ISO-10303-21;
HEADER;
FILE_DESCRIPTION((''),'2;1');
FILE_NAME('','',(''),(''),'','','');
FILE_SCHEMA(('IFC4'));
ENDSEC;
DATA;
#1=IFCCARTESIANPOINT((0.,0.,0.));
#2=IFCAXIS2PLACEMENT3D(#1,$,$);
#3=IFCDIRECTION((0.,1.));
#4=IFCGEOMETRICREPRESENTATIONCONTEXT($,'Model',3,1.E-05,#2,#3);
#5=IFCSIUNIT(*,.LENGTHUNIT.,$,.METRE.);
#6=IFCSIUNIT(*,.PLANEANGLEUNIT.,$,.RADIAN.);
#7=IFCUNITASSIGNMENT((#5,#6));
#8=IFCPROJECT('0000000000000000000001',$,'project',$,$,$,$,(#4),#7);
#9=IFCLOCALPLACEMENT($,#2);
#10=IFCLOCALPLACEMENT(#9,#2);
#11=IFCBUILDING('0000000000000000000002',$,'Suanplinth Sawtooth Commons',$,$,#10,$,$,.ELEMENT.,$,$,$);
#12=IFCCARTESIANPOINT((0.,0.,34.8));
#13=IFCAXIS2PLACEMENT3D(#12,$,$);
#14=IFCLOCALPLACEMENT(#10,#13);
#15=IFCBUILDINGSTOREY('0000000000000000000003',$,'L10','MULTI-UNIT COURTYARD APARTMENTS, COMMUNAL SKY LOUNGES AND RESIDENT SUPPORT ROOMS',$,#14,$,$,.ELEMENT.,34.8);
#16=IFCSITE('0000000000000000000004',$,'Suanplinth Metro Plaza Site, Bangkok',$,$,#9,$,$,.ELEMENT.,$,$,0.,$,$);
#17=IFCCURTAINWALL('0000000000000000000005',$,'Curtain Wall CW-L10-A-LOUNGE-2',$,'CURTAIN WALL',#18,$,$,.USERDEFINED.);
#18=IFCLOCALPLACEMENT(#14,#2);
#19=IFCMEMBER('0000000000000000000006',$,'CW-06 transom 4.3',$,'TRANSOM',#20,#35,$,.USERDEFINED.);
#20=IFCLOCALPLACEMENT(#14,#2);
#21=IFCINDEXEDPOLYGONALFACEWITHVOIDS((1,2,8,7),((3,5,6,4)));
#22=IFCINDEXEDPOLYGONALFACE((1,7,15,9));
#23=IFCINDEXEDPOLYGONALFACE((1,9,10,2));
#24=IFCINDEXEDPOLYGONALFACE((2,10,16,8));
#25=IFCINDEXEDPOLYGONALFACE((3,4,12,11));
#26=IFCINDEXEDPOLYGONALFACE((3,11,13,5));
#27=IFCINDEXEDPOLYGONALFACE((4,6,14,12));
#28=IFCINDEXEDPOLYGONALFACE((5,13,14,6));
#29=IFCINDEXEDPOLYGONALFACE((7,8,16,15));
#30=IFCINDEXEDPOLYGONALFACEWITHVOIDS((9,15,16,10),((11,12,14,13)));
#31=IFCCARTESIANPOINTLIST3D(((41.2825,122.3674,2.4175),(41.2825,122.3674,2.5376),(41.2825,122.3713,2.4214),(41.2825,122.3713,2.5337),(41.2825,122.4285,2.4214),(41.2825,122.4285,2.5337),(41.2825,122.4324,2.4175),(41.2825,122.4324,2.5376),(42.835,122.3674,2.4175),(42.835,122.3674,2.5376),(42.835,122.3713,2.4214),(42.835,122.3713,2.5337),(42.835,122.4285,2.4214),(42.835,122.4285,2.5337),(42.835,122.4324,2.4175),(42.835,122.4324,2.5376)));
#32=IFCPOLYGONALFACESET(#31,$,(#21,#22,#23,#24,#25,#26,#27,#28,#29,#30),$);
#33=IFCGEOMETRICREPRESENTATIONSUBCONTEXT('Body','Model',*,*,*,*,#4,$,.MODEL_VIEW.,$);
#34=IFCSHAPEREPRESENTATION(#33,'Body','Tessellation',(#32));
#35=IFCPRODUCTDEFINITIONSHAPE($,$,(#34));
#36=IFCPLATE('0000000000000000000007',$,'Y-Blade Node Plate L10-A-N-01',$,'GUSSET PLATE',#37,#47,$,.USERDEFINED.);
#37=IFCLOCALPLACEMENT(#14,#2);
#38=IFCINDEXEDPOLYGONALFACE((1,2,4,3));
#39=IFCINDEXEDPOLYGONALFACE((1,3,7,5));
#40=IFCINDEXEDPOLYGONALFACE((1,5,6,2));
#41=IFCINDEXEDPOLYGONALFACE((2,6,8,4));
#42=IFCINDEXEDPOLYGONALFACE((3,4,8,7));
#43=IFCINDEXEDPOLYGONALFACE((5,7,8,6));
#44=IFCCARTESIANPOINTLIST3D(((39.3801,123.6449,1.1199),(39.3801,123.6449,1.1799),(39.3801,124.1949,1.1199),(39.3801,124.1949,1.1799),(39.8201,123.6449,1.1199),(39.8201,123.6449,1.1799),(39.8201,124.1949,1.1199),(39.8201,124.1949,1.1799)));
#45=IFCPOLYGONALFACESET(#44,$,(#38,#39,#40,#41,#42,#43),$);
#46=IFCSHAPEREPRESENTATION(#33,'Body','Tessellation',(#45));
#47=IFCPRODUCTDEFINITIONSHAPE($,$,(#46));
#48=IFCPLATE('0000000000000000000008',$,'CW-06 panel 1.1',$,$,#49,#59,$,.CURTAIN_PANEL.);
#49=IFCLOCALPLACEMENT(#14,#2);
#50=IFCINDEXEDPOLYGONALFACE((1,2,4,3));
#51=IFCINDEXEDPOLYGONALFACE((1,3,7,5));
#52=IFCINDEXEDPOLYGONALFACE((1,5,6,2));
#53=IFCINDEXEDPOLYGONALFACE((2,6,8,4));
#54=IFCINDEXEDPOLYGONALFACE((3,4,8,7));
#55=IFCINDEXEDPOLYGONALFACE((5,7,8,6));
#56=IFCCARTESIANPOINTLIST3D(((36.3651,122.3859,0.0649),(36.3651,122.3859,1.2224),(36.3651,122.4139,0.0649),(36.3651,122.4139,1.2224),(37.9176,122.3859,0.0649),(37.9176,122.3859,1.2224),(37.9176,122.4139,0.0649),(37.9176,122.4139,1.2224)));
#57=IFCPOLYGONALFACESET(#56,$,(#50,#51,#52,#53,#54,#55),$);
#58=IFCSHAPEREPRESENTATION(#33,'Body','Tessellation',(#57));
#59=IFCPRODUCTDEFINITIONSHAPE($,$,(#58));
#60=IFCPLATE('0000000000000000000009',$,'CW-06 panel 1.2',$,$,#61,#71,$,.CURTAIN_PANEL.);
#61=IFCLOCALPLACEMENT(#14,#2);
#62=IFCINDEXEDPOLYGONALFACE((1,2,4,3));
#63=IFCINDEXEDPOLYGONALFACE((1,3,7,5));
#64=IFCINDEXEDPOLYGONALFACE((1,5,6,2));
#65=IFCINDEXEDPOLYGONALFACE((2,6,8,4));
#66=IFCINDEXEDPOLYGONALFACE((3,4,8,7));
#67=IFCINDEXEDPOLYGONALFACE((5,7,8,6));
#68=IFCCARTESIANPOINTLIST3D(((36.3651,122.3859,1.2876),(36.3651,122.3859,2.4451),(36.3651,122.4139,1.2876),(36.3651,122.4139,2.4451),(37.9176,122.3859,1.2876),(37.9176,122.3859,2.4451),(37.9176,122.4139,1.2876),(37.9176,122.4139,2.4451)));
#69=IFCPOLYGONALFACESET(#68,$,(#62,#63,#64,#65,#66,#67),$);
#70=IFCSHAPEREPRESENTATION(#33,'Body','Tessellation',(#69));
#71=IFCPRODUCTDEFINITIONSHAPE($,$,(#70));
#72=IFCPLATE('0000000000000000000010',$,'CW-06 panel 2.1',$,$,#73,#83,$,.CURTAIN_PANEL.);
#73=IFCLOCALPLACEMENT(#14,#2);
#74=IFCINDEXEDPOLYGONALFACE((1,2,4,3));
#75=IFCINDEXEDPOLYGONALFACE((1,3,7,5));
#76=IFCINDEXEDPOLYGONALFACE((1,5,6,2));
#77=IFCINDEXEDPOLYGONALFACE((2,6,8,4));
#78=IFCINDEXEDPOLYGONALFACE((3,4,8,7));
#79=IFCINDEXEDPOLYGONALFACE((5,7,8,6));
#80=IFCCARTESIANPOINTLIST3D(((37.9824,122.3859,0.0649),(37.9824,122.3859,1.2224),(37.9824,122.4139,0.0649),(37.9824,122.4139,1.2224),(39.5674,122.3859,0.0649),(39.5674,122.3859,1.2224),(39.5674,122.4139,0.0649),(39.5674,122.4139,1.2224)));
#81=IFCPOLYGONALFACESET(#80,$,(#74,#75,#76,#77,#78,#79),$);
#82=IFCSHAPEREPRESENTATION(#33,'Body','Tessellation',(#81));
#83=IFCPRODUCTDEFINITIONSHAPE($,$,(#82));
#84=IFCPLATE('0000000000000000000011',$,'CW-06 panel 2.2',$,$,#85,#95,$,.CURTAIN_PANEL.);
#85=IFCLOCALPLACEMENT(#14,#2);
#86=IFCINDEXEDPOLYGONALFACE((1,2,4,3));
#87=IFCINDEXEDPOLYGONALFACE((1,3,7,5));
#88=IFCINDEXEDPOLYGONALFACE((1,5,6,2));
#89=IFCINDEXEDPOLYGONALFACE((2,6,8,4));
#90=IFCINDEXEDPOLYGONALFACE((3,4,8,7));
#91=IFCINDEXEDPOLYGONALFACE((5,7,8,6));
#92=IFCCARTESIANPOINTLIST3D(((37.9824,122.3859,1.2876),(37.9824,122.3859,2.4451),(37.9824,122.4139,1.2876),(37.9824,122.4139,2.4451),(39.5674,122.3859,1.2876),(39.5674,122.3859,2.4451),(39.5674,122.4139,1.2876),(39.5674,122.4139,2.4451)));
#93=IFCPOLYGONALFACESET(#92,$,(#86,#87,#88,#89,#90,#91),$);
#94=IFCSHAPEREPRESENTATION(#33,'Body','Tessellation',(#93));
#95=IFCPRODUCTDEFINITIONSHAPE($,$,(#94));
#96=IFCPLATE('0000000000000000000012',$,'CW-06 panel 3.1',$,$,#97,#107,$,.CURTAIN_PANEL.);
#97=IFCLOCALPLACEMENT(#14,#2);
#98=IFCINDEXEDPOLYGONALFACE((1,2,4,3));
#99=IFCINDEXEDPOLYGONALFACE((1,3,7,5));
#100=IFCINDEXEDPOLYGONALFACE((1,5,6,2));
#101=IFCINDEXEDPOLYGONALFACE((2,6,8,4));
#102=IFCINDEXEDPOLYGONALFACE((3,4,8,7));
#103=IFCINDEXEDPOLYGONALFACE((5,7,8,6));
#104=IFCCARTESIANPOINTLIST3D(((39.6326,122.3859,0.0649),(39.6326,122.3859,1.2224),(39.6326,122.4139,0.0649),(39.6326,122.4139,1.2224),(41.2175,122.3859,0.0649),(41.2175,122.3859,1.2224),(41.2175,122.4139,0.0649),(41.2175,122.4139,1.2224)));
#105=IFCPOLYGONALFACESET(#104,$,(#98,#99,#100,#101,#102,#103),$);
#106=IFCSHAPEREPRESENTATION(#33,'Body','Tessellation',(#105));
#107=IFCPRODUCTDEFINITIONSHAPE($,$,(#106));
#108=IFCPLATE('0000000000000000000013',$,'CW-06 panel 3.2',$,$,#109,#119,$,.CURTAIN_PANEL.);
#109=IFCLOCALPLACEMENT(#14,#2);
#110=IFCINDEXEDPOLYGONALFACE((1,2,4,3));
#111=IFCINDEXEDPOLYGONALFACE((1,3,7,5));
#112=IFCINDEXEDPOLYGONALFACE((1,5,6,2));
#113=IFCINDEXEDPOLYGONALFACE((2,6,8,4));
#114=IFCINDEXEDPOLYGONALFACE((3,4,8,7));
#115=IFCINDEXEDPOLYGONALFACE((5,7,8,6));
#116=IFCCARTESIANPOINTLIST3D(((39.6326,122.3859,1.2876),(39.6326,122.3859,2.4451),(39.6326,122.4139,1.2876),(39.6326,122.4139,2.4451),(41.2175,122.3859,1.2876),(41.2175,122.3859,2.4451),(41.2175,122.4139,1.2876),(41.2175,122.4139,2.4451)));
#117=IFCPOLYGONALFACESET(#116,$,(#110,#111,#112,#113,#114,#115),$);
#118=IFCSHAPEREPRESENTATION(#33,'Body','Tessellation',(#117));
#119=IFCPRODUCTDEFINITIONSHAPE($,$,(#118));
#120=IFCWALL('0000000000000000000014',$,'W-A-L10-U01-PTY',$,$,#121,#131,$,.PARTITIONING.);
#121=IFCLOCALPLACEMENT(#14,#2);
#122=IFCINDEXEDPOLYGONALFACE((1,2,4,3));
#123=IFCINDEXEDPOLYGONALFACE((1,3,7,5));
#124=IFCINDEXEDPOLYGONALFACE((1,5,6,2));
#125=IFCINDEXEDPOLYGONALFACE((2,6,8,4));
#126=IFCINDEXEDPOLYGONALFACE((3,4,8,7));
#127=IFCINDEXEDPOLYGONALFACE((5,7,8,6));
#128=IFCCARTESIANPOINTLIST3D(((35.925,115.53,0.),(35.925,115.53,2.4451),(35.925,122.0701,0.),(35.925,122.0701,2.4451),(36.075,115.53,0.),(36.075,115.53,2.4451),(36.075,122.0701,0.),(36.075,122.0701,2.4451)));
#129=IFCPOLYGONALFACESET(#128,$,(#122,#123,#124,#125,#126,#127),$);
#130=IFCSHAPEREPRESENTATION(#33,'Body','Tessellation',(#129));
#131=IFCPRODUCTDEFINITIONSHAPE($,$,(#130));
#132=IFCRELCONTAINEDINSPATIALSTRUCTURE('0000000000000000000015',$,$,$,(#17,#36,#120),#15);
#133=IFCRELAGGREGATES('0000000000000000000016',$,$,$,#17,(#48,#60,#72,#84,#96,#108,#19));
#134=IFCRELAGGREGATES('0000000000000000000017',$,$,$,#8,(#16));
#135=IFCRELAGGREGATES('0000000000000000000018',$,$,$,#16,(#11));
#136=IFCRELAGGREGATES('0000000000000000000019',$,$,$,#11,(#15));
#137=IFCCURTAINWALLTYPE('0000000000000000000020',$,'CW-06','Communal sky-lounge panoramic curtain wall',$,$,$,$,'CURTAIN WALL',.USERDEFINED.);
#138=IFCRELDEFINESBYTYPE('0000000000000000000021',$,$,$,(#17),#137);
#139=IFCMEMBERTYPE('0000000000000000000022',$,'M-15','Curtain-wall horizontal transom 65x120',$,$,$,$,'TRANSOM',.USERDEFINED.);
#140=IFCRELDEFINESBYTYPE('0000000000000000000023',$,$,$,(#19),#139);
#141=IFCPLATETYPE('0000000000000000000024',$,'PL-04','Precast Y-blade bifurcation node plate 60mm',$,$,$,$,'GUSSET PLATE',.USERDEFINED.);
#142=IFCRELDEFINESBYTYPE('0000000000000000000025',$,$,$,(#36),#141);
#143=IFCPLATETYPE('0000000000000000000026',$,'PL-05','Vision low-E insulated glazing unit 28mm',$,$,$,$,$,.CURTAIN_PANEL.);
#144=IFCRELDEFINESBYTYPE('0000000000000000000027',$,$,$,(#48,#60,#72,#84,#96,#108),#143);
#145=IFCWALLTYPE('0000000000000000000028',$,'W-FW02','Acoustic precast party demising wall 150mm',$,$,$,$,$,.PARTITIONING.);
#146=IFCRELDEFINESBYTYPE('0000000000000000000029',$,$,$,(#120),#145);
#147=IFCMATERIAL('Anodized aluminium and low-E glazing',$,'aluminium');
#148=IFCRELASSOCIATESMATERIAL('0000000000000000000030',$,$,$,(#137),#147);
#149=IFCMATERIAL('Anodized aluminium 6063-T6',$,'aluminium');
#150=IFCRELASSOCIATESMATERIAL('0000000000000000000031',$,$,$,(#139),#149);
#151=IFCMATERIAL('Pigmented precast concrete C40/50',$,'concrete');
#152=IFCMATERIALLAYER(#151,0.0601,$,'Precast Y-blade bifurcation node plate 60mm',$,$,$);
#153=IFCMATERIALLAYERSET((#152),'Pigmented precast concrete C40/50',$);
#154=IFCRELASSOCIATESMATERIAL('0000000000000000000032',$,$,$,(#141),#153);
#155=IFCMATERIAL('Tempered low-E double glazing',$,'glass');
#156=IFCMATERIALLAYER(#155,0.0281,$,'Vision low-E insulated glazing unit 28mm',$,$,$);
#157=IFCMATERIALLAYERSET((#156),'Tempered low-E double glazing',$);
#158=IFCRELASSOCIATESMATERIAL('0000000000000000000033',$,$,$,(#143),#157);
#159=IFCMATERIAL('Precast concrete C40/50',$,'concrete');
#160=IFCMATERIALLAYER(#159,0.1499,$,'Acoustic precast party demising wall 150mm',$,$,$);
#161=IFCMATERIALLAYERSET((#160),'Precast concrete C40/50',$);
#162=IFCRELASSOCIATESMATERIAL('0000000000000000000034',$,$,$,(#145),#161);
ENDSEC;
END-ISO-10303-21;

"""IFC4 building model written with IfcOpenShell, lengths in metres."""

from ifc_helpers import new_model, si_unit, direction, frame, frame_2d, origin, origin_2d, place, context, subcontext, project, spatial, rectangle, hollow_rectangle, extrude, material, layer, layer_set, material_profile, profile_set, type_object, element, aggregate, save


model = new_model("IFC4")

# Units and contexts
model_context = context("Model", 3, precision=1e-05, world=origin(), true_north=direction((0.0, 1.0)))
body_context = subcontext(model_context, "Body", "Model", "MODEL_VIEW")
ifc_project = project(units=[si_unit("LENGTHUNIT", "METRE"), si_unit("PLANEANGLEUNIT", "RADIAN")], contexts=[model_context])

# Site, building, storey
site_placement = place(None, origin())
site = spatial("IfcSite", under=ifc_project, at=site_placement, Name="Suanplinth Metro Plaza Site, Bangkok", CompositionType="ELEMENT", RefElevation=0.0)
building_placement = place(site_placement, origin())
building = spatial("IfcBuilding", under=site, at=building_placement, Name="Suanplinth Sawtooth Commons", CompositionType="ELEMENT")
storey_placement = place(building_placement, frame((0.0, 0.0, 34.8)))
storey = spatial("IfcBuildingStorey", under=building, at=storey_placement, Name="L10", Description="MULTI-UNIT COURTYARD APARTMENTS, COMMUNAL SKY LOUNGES AND RESIDENT SUPPORT ROOMS", CompositionType="ELEMENT", Elevation=34.8)

# Shared definitions
ifc_material_1 = material(Name="Precast concrete C40/50", Category="concrete")

# Shared definitions
ifc_material_2 = material(Name="Pigmented precast concrete C40/50", Category="concrete")

# Curtain wall, member
ifc_material_3 = material(Name="Anodized aluminium and low-E glazing", Category="aluminium")
curtain_wall_type = type_object("IfcCurtainWallType", Name="CW-06", Description="Communal sky-lounge panoramic curtain wall", ElementType="CURTAIN WALL", PredefinedType="USERDEFINED", material=ifc_material_3)
curtain_wall_placement = place(storey_placement, origin())
curtain_wall = element("IfcCurtainWall", 1, at=curtain_wall_placement, inside=storey, type_object=curtain_wall_type, Name="Curtain Wall CW-L10-A-LOUNGE-2", ObjectType="CURTAIN WALL", PredefinedType="USERDEFINED")
ifc_material_4 = material(Name="Anodized aluminium 6063-T6", Category="aluminium")
ifc_material_profile_1 = material_profile(ifc_material_4, hollow_rectangle(XDim=0.0649, YDim=0.1201, WallThickness=0.0039, at=origin_2d()), Name="ALU-TRN 65x120")
ifc_profile_set_1 = profile_set([ifc_material_profile_1], Name="Anodized aluminium 6063-T6")
member_type_1 = type_object("IfcMemberType", Name="M-15", Description="Curtain-wall horizontal transom 65x120", ElementType="TRANSOM", PredefinedType="USERDEFINED", material=ifc_profile_set_1)
member_1_placement = place(storey_placement, frame((41.2825, 122.3999, 2.4775), z_axis=(1.0, 0.0, 0.0), x_axis=(0.0, 1.0, 0.0)))
member_1 = element("IfcMember", 2, at=member_1_placement, type_object=member_type_1, Name="CW-06 transom 4.3", ObjectType="TRANSOM", PredefinedType="USERDEFINED", context=body_context, shape_type="SweptSolid", body=[
    extrude(hollow_rectangle(XDim=0.0649, YDim=0.1201, WallThickness=0.0039, at=origin_2d()), origin(), (0.0, 0.0, 1.0), 1.5525),
])

# Plates
ifc_layer_1 = layer(ifc_material_2, 0.0601, Name="Precast Y-blade bifurcation node plate 60mm")
ifc_layer_set_1 = layer_set([ifc_layer_1], Name="Pigmented precast concrete C40/50")
plate_type_1 = type_object("IfcPlateType", Name="PL-04", Description="Precast Y-blade bifurcation node plate 60mm", ElementType="GUSSET PLATE", PredefinedType="USERDEFINED", material=ifc_layer_set_1)
plate_1_placement = place(storey_placement, frame((39.6001, 123.9199, 1.1199), z_axis=(0.0, 0.0, 1.0), x_axis=(1.0, 0.0, 0.0)))
element("IfcPlate", 3, at=plate_1_placement, inside=storey, type_object=plate_type_1, Name="Y-Blade Node Plate L10-A-N-01", ObjectType="GUSSET PLATE", PredefinedType="USERDEFINED", context=body_context, shape_type="SweptSolid", body=[
    extrude(rectangle(XDim=0.4399, YDim=0.55, at=origin_2d()), origin(), (0.0, 0.0, 1.0), 0.0601),
])
ifc_material_5 = material(Name="Tempered low-E double glazing", Category="glass")
ifc_layer_2 = layer(ifc_material_5, 0.0281, Name="Vision low-E insulated glazing unit 28mm")
ifc_layer_set_2 = layer_set([ifc_layer_2], Name="Tempered low-E double glazing")
plate_type_2 = type_object("IfcPlateType", Name="PL-05", Description="Vision low-E insulated glazing unit 28mm", PredefinedType="CURTAIN_PANEL", material=ifc_layer_set_2)
plate_2_placement = place(storey_placement, frame((37.1414, 122.3999, 0.0649), z_axis=(0.0, 0.0, 1.0), x_axis=(1.0, 0.0, 0.0)))
plate_2 = element("IfcPlate", 4, at=plate_2_placement, type_object=plate_type_2, Name="CW-06 panel 1.1", PredefinedType="CURTAIN_PANEL", context=body_context, shape_type="SweptSolid", body=[
    extrude(rectangle(XDim=1.5525, YDim=0.0281, at=origin_2d()), origin(), (0.0, 0.0, 1.0), 1.1575),
])
plate_3_placement = place(storey_placement, frame((37.1414, 122.3999, 1.2876), z_axis=(0.0, 0.0, 1.0), x_axis=(1.0, 0.0, 0.0)))
plate_3 = element("IfcPlate", 5, at=plate_3_placement, type_object=plate_type_2, Name="CW-06 panel 1.2", PredefinedType="CURTAIN_PANEL", context=body_context, shape_type="SweptSolid", body=[
    extrude(rectangle(XDim=1.5525, YDim=0.0281, at=origin_2d()), origin(), (0.0, 0.0, 1.0), 1.1575),
])
plate_4_placement = place(storey_placement, frame((38.7749, 122.3999, 0.0649), z_axis=(0.0, 0.0, 1.0), x_axis=(1.0, 0.0, 0.0)))
plate_4 = element("IfcPlate", 6, at=plate_4_placement, type_object=plate_type_2, Name="CW-06 panel 2.1", PredefinedType="CURTAIN_PANEL", context=body_context, shape_type="SweptSolid", body=[
    extrude(rectangle(XDim=1.585, YDim=0.0281, at=origin_2d()), origin(), (0.0, 0.0, 1.0), 1.1575),
])
plate_5_placement = place(storey_placement, frame((38.7749, 122.3999, 1.2876), z_axis=(0.0, 0.0, 1.0), x_axis=(1.0, 0.0, 0.0)))
plate_5 = element("IfcPlate", 7, at=plate_5_placement, type_object=plate_type_2, Name="CW-06 panel 2.2", PredefinedType="CURTAIN_PANEL", context=body_context, shape_type="SweptSolid", body=[
    extrude(rectangle(XDim=1.585, YDim=0.0281, at=origin_2d()), origin(), (0.0, 0.0, 1.0), 1.1575),
])
plate_6_placement = place(storey_placement, frame((40.425, 122.3999, 0.0649), z_axis=(0.0, 0.0, 1.0), x_axis=(1.0, 0.0, 0.0)))
plate_6 = element("IfcPlate", 8, at=plate_6_placement, type_object=plate_type_2, Name="CW-06 panel 3.1", PredefinedType="CURTAIN_PANEL", context=body_context, shape_type="SweptSolid", body=[
    extrude(rectangle(XDim=1.585, YDim=0.0281, at=origin_2d()), origin(), (0.0, 0.0, 1.0), 1.1575),
])
plate_7_placement = place(storey_placement, frame((40.425, 122.3999, 1.2876), z_axis=(0.0, 0.0, 1.0), x_axis=(1.0, 0.0, 0.0)))
plate_7 = element("IfcPlate", 9, at=plate_7_placement, type_object=plate_type_2, Name="CW-06 panel 3.2", PredefinedType="CURTAIN_PANEL", context=body_context, shape_type="SweptSolid", body=[
    extrude(rectangle(XDim=1.585, YDim=0.0281, at=origin_2d()), origin(), (0.0, 0.0, 1.0), 1.1575),
])
aggregate(curtain_wall, [plate_2, plate_3, plate_4, plate_5, plate_6, plate_7, member_1])

# Wall
ifc_layer_3 = layer(ifc_material_1, 0.1499, Name="Acoustic precast party demising wall 150mm")
ifc_layer_set_3 = layer_set([ifc_layer_3], Name="Precast concrete C40/50")
wall_type_1 = type_object("IfcWallType", Name="W-FW02", Description="Acoustic precast party demising wall 150mm", PredefinedType="PARTITIONING", material=ifc_layer_set_3)
wall_1_placement = place(storey_placement, frame((36.0, 115.53, 0.0), z_axis=(0.0, 0.0, 1.0), x_axis=(0.0, 1.0, 0.0)))
element("IfcWall", 10, at=wall_1_placement, inside=storey, type_object=wall_type_1, Name="W-A-L10-U01-PTY", PredefinedType="PARTITIONING", context=body_context, shape_type="SweptSolid", body=[
    extrude(rectangle(XDim=6.54, YDim=0.1499, at=frame_2d((3.27, 0.0))), origin(), (0.0, 0.0, 1.0), 2.4451),
])

save(model, "model.ifc")
